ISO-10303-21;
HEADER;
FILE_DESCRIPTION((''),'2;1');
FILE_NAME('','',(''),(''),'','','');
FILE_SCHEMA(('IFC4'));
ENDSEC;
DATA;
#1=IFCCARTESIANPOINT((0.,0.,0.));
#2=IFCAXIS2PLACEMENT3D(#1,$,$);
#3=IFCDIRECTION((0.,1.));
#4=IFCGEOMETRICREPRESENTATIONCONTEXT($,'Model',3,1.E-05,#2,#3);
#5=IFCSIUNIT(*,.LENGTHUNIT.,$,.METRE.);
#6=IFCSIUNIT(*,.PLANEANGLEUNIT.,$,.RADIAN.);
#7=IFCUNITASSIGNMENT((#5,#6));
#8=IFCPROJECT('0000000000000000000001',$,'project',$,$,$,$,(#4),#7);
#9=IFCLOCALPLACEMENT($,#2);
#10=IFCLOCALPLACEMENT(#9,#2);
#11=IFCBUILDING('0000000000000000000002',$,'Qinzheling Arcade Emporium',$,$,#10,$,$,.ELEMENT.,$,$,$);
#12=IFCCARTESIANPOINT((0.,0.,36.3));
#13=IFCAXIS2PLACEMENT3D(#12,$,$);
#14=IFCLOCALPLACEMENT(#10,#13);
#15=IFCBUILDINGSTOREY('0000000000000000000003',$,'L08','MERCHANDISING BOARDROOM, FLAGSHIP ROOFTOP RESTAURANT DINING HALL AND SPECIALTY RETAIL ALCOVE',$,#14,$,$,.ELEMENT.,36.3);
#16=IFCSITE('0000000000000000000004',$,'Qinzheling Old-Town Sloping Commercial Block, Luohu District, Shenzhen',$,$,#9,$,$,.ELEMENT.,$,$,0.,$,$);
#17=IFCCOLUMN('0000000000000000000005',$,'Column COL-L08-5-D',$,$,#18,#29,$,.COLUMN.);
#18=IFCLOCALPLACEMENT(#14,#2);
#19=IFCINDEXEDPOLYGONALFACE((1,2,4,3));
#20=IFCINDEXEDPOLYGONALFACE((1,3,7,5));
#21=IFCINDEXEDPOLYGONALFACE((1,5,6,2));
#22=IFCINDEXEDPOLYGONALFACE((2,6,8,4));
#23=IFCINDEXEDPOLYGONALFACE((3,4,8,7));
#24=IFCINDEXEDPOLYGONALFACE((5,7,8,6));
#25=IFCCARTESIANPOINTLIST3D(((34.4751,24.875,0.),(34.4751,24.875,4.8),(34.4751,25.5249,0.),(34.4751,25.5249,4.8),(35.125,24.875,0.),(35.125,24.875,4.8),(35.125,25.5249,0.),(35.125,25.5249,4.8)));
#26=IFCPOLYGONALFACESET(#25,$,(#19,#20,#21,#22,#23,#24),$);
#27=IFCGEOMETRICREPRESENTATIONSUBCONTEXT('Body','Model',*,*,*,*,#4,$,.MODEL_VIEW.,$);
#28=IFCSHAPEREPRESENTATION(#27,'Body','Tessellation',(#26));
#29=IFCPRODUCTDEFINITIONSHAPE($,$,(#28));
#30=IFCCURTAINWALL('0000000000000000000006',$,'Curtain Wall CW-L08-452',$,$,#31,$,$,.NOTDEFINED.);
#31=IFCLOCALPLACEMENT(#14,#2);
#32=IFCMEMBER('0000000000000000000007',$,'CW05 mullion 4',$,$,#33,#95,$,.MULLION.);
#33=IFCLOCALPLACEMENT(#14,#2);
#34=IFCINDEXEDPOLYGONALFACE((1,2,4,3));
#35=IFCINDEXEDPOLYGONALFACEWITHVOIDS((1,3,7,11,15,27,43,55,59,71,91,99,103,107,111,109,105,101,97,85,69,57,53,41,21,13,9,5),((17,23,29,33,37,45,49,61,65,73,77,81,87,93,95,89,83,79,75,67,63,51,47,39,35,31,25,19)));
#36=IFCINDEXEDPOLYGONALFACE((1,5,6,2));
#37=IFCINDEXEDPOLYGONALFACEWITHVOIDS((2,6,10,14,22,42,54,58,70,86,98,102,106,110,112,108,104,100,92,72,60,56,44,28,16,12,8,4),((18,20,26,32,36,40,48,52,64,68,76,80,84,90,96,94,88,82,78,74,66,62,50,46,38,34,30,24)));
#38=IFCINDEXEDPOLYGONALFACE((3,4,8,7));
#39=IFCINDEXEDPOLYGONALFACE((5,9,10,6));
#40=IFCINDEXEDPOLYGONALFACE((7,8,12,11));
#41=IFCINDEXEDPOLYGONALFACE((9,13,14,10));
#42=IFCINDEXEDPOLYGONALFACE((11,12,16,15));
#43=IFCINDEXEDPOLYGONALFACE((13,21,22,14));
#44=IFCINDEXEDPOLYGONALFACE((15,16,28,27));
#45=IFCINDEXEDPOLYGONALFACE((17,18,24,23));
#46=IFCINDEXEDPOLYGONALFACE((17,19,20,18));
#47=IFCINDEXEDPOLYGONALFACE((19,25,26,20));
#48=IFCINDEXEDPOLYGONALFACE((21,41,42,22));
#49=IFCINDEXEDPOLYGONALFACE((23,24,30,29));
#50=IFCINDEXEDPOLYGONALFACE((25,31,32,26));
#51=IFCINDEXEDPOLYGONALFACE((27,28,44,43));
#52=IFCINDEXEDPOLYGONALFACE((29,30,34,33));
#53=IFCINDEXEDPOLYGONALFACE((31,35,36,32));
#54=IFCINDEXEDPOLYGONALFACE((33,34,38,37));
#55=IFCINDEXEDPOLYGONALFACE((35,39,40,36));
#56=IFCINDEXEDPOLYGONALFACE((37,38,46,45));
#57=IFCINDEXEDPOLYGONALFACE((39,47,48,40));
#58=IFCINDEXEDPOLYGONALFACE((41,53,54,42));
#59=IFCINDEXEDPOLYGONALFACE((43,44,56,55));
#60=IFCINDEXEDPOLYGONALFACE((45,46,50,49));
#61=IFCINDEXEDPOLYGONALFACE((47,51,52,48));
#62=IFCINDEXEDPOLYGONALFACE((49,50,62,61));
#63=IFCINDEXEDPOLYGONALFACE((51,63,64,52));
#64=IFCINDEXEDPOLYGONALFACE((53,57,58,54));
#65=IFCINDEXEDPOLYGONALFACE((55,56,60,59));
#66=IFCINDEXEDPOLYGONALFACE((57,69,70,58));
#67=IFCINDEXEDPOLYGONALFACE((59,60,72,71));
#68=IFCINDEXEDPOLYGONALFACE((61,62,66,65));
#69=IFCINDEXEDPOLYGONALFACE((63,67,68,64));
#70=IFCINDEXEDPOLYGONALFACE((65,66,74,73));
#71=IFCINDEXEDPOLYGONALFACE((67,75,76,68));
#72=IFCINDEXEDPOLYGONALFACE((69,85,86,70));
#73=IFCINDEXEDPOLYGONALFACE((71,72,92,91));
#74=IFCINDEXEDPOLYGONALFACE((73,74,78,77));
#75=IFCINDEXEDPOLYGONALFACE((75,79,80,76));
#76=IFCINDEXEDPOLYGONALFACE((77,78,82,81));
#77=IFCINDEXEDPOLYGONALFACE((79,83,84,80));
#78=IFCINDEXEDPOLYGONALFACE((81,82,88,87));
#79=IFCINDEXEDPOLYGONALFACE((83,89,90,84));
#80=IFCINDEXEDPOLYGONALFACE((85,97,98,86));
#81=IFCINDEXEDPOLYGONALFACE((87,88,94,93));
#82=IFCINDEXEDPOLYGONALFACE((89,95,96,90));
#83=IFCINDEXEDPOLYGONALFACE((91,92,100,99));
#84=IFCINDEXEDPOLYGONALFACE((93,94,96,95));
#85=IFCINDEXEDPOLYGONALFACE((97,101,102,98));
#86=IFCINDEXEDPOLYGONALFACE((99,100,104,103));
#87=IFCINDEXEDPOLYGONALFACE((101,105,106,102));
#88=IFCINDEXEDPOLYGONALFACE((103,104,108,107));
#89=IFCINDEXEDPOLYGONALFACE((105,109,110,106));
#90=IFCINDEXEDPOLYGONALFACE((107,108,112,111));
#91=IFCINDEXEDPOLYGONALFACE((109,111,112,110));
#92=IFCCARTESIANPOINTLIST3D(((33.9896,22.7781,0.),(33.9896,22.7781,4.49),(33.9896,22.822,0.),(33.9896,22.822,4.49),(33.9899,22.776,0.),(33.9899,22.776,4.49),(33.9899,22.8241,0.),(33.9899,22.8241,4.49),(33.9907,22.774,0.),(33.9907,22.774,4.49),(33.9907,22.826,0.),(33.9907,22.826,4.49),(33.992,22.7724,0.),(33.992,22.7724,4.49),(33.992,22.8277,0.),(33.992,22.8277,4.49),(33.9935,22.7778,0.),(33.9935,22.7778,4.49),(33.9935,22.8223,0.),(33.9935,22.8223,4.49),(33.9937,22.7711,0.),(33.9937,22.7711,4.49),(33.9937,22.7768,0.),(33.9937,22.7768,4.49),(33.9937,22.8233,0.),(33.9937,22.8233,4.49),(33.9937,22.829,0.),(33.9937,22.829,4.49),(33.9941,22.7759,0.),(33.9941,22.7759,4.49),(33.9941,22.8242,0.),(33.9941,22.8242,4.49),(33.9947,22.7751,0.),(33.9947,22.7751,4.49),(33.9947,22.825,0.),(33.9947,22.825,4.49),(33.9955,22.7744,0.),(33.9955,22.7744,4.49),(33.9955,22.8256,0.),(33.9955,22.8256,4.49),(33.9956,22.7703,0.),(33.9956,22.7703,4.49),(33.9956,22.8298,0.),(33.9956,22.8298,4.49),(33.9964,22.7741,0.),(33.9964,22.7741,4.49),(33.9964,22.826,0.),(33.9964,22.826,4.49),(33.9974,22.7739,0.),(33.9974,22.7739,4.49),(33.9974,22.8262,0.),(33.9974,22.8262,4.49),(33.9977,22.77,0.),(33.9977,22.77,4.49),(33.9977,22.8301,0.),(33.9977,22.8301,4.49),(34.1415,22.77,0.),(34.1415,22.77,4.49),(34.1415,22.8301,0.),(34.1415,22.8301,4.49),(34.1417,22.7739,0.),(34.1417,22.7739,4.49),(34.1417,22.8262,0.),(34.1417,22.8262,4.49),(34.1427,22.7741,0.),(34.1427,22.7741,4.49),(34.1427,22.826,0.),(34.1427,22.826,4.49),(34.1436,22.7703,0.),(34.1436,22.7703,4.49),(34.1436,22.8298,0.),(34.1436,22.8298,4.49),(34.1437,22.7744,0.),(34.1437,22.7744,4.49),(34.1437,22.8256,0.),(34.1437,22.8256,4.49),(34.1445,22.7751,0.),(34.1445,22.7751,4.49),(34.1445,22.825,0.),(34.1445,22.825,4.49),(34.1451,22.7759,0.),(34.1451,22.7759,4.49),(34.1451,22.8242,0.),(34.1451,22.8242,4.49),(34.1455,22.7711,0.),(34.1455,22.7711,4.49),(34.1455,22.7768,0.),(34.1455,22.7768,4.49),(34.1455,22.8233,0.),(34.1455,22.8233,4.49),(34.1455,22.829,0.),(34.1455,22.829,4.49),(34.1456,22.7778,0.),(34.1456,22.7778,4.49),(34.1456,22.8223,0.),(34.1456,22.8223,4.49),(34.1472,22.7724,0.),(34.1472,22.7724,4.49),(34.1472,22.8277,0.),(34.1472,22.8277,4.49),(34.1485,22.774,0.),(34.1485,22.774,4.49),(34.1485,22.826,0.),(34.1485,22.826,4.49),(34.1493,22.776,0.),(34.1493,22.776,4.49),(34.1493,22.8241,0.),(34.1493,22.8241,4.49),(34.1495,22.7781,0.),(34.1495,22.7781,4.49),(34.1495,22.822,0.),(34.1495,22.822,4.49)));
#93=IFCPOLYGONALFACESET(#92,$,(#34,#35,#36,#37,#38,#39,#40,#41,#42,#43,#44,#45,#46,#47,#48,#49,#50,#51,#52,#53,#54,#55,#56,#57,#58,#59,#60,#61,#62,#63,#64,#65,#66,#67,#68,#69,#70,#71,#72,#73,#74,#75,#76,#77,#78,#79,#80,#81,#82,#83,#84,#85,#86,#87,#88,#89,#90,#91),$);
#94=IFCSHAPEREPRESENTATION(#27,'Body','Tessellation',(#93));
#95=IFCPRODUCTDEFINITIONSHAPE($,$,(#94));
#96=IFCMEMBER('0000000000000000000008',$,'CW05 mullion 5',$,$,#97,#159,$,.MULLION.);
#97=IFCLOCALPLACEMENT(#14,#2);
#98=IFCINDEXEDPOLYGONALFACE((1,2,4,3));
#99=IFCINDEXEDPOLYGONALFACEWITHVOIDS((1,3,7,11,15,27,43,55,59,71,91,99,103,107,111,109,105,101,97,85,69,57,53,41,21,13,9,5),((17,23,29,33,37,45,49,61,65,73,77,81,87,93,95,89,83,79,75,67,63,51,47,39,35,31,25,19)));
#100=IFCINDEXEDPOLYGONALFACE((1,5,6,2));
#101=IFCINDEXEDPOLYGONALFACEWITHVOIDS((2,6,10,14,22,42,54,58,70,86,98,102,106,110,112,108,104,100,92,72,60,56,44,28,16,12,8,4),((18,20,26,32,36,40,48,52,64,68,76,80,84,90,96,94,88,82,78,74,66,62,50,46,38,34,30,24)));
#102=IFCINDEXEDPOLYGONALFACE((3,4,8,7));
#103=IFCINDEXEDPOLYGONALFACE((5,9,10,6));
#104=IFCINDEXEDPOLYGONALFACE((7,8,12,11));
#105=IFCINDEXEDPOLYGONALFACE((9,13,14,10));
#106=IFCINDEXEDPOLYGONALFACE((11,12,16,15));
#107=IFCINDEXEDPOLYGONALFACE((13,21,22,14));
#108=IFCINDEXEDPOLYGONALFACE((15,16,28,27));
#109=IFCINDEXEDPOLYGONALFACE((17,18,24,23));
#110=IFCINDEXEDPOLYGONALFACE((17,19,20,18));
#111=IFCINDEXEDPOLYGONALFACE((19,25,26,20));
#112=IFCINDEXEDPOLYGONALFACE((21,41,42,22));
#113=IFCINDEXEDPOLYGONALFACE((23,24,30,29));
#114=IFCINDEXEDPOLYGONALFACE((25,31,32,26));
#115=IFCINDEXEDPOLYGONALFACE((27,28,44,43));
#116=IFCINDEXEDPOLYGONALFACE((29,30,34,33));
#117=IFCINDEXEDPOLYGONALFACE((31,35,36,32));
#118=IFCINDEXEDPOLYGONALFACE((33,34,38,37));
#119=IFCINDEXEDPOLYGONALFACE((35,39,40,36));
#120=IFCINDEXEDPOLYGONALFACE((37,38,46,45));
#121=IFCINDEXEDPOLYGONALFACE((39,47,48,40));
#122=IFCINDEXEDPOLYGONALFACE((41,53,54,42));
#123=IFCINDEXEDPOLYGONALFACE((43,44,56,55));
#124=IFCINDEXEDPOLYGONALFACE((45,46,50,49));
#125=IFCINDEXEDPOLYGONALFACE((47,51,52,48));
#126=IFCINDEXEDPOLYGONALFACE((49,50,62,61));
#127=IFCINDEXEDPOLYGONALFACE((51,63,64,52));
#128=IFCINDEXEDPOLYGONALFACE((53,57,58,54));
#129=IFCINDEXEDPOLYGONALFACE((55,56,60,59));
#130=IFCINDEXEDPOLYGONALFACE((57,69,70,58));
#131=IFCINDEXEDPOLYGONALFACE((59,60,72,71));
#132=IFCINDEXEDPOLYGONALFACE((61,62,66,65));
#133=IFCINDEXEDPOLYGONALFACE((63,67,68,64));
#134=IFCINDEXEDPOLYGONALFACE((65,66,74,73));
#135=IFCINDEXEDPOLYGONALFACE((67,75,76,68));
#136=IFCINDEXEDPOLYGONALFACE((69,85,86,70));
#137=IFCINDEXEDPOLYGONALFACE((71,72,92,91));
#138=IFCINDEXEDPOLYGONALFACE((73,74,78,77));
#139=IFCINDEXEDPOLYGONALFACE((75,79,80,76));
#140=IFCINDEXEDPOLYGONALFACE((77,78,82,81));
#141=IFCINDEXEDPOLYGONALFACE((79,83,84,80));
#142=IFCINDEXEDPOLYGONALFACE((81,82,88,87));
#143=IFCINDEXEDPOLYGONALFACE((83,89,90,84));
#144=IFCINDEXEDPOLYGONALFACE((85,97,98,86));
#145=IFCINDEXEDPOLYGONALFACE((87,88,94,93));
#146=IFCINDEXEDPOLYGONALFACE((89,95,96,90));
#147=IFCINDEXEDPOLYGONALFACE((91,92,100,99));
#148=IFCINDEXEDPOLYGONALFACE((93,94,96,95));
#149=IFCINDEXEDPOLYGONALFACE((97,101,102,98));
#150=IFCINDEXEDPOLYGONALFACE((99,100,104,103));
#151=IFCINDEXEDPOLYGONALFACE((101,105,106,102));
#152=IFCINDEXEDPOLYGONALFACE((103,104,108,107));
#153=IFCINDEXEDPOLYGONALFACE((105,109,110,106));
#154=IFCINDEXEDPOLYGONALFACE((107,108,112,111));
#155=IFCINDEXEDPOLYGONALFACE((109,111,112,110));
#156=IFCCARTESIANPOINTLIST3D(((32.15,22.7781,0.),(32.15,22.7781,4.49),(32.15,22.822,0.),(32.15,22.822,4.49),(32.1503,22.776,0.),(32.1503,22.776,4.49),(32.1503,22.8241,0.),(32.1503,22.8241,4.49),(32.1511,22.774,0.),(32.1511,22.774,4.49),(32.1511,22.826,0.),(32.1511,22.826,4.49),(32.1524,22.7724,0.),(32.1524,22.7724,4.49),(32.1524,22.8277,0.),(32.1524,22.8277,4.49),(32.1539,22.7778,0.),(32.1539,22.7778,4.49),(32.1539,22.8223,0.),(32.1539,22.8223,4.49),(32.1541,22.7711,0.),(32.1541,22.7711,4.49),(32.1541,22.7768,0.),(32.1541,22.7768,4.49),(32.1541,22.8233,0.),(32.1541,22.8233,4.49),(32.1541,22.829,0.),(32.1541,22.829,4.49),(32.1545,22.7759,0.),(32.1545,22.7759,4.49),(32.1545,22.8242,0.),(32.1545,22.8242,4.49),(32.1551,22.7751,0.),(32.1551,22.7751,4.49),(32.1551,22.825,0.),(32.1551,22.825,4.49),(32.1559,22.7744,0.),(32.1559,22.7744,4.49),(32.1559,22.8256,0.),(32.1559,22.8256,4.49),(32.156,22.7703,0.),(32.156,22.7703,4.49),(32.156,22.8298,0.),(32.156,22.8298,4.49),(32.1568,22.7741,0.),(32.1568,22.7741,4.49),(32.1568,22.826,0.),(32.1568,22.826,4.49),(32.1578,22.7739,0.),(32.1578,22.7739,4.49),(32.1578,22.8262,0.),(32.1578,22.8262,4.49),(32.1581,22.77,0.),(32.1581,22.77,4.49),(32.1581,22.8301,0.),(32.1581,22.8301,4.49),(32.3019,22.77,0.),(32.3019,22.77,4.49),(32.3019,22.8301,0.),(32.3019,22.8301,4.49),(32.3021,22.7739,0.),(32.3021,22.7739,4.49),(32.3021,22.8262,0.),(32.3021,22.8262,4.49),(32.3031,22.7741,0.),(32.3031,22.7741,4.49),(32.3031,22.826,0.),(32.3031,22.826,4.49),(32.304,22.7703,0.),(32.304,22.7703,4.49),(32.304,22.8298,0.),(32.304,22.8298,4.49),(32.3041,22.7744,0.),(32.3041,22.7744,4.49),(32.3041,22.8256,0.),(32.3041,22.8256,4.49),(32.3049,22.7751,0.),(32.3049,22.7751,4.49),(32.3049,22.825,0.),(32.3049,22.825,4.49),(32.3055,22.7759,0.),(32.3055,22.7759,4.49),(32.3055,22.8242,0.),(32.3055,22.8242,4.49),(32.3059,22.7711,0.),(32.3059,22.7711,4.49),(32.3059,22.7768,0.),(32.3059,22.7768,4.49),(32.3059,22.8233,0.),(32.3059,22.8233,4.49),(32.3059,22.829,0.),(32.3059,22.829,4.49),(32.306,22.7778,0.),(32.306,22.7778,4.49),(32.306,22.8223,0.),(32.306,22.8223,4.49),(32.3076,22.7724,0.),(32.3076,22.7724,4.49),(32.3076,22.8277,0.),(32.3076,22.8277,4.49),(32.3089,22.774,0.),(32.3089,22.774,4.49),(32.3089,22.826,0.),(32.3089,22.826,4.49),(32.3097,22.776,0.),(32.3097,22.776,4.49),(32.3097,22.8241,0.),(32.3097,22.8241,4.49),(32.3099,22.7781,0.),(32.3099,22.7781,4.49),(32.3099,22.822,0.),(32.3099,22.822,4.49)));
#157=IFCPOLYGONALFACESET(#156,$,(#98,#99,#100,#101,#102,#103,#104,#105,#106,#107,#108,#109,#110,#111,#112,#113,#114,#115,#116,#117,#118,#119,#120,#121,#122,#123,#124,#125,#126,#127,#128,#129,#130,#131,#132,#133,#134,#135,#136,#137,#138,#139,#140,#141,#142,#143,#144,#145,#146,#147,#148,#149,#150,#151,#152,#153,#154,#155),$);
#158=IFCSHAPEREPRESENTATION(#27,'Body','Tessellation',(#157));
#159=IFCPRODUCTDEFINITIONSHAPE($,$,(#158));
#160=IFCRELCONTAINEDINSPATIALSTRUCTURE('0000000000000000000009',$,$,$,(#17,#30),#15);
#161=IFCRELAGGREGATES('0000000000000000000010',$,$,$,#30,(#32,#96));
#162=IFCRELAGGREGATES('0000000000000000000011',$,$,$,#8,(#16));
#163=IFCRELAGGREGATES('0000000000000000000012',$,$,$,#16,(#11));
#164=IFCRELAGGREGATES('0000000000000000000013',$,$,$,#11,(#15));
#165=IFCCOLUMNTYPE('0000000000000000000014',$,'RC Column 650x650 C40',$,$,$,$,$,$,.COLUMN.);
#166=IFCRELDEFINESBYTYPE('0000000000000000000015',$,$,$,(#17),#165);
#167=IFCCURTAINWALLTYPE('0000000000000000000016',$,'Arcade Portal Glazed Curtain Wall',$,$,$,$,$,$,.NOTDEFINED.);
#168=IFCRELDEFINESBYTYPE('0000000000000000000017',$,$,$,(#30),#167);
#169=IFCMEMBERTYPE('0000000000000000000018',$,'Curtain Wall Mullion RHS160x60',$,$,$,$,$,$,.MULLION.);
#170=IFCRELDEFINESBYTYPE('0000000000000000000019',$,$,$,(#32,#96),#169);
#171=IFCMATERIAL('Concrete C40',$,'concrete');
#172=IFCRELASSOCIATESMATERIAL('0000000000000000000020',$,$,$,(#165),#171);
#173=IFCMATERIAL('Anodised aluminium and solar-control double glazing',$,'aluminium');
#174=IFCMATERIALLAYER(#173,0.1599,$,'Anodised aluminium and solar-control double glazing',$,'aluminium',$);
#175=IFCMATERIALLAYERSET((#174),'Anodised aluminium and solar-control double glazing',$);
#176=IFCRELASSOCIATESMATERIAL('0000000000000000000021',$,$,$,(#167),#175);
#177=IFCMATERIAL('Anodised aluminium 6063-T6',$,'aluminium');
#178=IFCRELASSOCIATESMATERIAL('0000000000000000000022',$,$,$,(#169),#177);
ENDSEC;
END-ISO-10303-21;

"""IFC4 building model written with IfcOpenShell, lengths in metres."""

from ifc_helpers import new_model, si_unit, direction, frame, origin, origin_2d, place, context, subcontext, project, spatial, rectangle, hollow_rectangle, extrude, material, layer, layer_set, material_profile, profile_set, type_object, element, aggregate, save


model = new_model("IFC4")

# Units and contexts
model_context = context("Model", 3, precision=1e-05, world=origin(), true_north=direction((0.0, 1.0)))
body_context = subcontext(model_context, "Body", "Model", "MODEL_VIEW")
ifc_project = project(units=[si_unit("LENGTHUNIT", "METRE"), si_unit("PLANEANGLEUNIT", "RADIAN")], contexts=[model_context])

# Site, building, storey
site_placement = place(None, origin())
site = spatial("IfcSite", under=ifc_project, at=site_placement, Name="Qinzheling Old-Town Sloping Commercial Block, Luohu District, Shenzhen", CompositionType="ELEMENT", RefElevation=0.0)
building_placement = place(site_placement, origin())
building = spatial("IfcBuilding", under=site, at=building_placement, Name="Qinzheling Arcade Emporium", CompositionType="ELEMENT")
storey_placement = place(building_placement, frame((0.0, 0.0, 36.3)))
storey = spatial("IfcBuildingStorey", under=building, at=storey_placement, Name="L08", Description="MERCHANDISING BOARDROOM, FLAGSHIP ROOFTOP RESTAURANT DINING HALL AND SPECIALTY RETAIL ALCOVE", CompositionType="ELEMENT", Elevation=36.3)

# Column
ifc_material_1 = material(Name="Concrete C40", Category="concrete")
ifc_material_profile_1 = material_profile(ifc_material_1, rectangle(XDim=0.6499, YDim=0.6499, at=origin_2d()), Name="RC 650x650", Category="concrete")
ifc_profile_set_1 = profile_set([ifc_material_profile_1], Name="Concrete C40")
column_type = type_object("IfcColumnType", Name="RC Column 650x650 C40", PredefinedType="COLUMN", material=ifc_profile_set_1)
column_placement = place(storey_placement, frame((34.8, 25.2, 0.0), z_axis=(0.0, 0.0, 1.0), x_axis=(1.0, 0.0, 0.0)))
element("IfcColumn", 1, at=column_placement, inside=storey, type_object=column_type, Name="Column COL-L08-5-D", PredefinedType="COLUMN", context=body_context, shape_type="SweptSolid", body=[
    extrude(rectangle(XDim=0.6499, YDim=0.6499, at=origin_2d()), origin(), (0.0, 0.0, 1.0), 4.8),
])

# Curtain wall, members
ifc_material_2 = material(Name="Anodised aluminium and solar-control double glazing", Category="aluminium")
ifc_layer_1 = layer(ifc_material_2, 0.1599, Name="Anodised aluminium and solar-control double glazing", Category="aluminium")
ifc_layer_set_1 = layer_set([ifc_layer_1], Name="Anodised aluminium and solar-control double glazing")
curtain_wall_type_1 = type_object("IfcCurtainWallType", Name="Arcade Portal Glazed Curtain Wall", PredefinedType="NOTDEFINED", material=ifc_layer_set_1)
curtain_wall_1_placement = place(storey_placement, origin())
curtain_wall_1 = element("IfcCurtainWall", 2, at=curtain_wall_1_placement, inside=storey, type_object=curtain_wall_type_1, Name="Curtain Wall CW-L08-452", PredefinedType="NOTDEFINED")
ifc_material_3 = material(Name="Anodised aluminium 6063-T6", Category="aluminium")
ifc_material_profile_2 = material_profile(ifc_material_3, hollow_rectangle(XDim=0.0601, YDim=0.1599, WallThickness=0.0039, InnerFilletRadius=0.0039, OuterFilletRadius=0.0081, at=origin_2d()), Name="RHS 160x60x4", Category="aluminium")
ifc_profile_set_2 = profile_set([ifc_material_profile_2], Name="Anodised aluminium 6063-T6")
member_type_1 = type_object("IfcMemberType", Name="Curtain Wall Mullion RHS160x60", PredefinedType="MULLION", material=ifc_profile_set_2)
member_1_placement = place(storey_placement, frame((34.0696, 22.8, 0.0), z_axis=(0.0, 0.0, 1.0), x_axis=(0.0, -1.0, 0.0)))
member_1 = element("IfcMember", 3, at=member_1_placement, type_object=member_type_1, Name="CW05 mullion 4", PredefinedType="MULLION", context=body_context, shape_type="SweptSolid", body=[
    extrude(hollow_rectangle(XDim=0.0601, YDim=0.1599, WallThickness=0.0039, InnerFilletRadius=0.0039, OuterFilletRadius=0.0081, at=origin_2d()), origin(), (0.0, 0.0, 1.0), 4.49),
])
member_2_placement = place(storey_placement, frame((32.23, 22.8, 0.0), z_axis=(0.0, 0.0, 1.0), x_axis=(0.0, -1.0, 0.0)))
member_2 = element("IfcMember", 4, at=member_2_placement, type_object=member_type_1, Name="CW05 mullion 5", PredefinedType="MULLION", context=body_context, shape_type="SweptSolid", body=[
    extrude(hollow_rectangle(XDim=0.0601, YDim=0.1599, WallThickness=0.0039, InnerFilletRadius=0.0039, OuterFilletRadius=0.0081, at=origin_2d()), origin(), (0.0, 0.0, 1.0), 4.49),
])

aggregate(curtain_wall_1, [member_1, member_2])

save(model, "model.ifc")
